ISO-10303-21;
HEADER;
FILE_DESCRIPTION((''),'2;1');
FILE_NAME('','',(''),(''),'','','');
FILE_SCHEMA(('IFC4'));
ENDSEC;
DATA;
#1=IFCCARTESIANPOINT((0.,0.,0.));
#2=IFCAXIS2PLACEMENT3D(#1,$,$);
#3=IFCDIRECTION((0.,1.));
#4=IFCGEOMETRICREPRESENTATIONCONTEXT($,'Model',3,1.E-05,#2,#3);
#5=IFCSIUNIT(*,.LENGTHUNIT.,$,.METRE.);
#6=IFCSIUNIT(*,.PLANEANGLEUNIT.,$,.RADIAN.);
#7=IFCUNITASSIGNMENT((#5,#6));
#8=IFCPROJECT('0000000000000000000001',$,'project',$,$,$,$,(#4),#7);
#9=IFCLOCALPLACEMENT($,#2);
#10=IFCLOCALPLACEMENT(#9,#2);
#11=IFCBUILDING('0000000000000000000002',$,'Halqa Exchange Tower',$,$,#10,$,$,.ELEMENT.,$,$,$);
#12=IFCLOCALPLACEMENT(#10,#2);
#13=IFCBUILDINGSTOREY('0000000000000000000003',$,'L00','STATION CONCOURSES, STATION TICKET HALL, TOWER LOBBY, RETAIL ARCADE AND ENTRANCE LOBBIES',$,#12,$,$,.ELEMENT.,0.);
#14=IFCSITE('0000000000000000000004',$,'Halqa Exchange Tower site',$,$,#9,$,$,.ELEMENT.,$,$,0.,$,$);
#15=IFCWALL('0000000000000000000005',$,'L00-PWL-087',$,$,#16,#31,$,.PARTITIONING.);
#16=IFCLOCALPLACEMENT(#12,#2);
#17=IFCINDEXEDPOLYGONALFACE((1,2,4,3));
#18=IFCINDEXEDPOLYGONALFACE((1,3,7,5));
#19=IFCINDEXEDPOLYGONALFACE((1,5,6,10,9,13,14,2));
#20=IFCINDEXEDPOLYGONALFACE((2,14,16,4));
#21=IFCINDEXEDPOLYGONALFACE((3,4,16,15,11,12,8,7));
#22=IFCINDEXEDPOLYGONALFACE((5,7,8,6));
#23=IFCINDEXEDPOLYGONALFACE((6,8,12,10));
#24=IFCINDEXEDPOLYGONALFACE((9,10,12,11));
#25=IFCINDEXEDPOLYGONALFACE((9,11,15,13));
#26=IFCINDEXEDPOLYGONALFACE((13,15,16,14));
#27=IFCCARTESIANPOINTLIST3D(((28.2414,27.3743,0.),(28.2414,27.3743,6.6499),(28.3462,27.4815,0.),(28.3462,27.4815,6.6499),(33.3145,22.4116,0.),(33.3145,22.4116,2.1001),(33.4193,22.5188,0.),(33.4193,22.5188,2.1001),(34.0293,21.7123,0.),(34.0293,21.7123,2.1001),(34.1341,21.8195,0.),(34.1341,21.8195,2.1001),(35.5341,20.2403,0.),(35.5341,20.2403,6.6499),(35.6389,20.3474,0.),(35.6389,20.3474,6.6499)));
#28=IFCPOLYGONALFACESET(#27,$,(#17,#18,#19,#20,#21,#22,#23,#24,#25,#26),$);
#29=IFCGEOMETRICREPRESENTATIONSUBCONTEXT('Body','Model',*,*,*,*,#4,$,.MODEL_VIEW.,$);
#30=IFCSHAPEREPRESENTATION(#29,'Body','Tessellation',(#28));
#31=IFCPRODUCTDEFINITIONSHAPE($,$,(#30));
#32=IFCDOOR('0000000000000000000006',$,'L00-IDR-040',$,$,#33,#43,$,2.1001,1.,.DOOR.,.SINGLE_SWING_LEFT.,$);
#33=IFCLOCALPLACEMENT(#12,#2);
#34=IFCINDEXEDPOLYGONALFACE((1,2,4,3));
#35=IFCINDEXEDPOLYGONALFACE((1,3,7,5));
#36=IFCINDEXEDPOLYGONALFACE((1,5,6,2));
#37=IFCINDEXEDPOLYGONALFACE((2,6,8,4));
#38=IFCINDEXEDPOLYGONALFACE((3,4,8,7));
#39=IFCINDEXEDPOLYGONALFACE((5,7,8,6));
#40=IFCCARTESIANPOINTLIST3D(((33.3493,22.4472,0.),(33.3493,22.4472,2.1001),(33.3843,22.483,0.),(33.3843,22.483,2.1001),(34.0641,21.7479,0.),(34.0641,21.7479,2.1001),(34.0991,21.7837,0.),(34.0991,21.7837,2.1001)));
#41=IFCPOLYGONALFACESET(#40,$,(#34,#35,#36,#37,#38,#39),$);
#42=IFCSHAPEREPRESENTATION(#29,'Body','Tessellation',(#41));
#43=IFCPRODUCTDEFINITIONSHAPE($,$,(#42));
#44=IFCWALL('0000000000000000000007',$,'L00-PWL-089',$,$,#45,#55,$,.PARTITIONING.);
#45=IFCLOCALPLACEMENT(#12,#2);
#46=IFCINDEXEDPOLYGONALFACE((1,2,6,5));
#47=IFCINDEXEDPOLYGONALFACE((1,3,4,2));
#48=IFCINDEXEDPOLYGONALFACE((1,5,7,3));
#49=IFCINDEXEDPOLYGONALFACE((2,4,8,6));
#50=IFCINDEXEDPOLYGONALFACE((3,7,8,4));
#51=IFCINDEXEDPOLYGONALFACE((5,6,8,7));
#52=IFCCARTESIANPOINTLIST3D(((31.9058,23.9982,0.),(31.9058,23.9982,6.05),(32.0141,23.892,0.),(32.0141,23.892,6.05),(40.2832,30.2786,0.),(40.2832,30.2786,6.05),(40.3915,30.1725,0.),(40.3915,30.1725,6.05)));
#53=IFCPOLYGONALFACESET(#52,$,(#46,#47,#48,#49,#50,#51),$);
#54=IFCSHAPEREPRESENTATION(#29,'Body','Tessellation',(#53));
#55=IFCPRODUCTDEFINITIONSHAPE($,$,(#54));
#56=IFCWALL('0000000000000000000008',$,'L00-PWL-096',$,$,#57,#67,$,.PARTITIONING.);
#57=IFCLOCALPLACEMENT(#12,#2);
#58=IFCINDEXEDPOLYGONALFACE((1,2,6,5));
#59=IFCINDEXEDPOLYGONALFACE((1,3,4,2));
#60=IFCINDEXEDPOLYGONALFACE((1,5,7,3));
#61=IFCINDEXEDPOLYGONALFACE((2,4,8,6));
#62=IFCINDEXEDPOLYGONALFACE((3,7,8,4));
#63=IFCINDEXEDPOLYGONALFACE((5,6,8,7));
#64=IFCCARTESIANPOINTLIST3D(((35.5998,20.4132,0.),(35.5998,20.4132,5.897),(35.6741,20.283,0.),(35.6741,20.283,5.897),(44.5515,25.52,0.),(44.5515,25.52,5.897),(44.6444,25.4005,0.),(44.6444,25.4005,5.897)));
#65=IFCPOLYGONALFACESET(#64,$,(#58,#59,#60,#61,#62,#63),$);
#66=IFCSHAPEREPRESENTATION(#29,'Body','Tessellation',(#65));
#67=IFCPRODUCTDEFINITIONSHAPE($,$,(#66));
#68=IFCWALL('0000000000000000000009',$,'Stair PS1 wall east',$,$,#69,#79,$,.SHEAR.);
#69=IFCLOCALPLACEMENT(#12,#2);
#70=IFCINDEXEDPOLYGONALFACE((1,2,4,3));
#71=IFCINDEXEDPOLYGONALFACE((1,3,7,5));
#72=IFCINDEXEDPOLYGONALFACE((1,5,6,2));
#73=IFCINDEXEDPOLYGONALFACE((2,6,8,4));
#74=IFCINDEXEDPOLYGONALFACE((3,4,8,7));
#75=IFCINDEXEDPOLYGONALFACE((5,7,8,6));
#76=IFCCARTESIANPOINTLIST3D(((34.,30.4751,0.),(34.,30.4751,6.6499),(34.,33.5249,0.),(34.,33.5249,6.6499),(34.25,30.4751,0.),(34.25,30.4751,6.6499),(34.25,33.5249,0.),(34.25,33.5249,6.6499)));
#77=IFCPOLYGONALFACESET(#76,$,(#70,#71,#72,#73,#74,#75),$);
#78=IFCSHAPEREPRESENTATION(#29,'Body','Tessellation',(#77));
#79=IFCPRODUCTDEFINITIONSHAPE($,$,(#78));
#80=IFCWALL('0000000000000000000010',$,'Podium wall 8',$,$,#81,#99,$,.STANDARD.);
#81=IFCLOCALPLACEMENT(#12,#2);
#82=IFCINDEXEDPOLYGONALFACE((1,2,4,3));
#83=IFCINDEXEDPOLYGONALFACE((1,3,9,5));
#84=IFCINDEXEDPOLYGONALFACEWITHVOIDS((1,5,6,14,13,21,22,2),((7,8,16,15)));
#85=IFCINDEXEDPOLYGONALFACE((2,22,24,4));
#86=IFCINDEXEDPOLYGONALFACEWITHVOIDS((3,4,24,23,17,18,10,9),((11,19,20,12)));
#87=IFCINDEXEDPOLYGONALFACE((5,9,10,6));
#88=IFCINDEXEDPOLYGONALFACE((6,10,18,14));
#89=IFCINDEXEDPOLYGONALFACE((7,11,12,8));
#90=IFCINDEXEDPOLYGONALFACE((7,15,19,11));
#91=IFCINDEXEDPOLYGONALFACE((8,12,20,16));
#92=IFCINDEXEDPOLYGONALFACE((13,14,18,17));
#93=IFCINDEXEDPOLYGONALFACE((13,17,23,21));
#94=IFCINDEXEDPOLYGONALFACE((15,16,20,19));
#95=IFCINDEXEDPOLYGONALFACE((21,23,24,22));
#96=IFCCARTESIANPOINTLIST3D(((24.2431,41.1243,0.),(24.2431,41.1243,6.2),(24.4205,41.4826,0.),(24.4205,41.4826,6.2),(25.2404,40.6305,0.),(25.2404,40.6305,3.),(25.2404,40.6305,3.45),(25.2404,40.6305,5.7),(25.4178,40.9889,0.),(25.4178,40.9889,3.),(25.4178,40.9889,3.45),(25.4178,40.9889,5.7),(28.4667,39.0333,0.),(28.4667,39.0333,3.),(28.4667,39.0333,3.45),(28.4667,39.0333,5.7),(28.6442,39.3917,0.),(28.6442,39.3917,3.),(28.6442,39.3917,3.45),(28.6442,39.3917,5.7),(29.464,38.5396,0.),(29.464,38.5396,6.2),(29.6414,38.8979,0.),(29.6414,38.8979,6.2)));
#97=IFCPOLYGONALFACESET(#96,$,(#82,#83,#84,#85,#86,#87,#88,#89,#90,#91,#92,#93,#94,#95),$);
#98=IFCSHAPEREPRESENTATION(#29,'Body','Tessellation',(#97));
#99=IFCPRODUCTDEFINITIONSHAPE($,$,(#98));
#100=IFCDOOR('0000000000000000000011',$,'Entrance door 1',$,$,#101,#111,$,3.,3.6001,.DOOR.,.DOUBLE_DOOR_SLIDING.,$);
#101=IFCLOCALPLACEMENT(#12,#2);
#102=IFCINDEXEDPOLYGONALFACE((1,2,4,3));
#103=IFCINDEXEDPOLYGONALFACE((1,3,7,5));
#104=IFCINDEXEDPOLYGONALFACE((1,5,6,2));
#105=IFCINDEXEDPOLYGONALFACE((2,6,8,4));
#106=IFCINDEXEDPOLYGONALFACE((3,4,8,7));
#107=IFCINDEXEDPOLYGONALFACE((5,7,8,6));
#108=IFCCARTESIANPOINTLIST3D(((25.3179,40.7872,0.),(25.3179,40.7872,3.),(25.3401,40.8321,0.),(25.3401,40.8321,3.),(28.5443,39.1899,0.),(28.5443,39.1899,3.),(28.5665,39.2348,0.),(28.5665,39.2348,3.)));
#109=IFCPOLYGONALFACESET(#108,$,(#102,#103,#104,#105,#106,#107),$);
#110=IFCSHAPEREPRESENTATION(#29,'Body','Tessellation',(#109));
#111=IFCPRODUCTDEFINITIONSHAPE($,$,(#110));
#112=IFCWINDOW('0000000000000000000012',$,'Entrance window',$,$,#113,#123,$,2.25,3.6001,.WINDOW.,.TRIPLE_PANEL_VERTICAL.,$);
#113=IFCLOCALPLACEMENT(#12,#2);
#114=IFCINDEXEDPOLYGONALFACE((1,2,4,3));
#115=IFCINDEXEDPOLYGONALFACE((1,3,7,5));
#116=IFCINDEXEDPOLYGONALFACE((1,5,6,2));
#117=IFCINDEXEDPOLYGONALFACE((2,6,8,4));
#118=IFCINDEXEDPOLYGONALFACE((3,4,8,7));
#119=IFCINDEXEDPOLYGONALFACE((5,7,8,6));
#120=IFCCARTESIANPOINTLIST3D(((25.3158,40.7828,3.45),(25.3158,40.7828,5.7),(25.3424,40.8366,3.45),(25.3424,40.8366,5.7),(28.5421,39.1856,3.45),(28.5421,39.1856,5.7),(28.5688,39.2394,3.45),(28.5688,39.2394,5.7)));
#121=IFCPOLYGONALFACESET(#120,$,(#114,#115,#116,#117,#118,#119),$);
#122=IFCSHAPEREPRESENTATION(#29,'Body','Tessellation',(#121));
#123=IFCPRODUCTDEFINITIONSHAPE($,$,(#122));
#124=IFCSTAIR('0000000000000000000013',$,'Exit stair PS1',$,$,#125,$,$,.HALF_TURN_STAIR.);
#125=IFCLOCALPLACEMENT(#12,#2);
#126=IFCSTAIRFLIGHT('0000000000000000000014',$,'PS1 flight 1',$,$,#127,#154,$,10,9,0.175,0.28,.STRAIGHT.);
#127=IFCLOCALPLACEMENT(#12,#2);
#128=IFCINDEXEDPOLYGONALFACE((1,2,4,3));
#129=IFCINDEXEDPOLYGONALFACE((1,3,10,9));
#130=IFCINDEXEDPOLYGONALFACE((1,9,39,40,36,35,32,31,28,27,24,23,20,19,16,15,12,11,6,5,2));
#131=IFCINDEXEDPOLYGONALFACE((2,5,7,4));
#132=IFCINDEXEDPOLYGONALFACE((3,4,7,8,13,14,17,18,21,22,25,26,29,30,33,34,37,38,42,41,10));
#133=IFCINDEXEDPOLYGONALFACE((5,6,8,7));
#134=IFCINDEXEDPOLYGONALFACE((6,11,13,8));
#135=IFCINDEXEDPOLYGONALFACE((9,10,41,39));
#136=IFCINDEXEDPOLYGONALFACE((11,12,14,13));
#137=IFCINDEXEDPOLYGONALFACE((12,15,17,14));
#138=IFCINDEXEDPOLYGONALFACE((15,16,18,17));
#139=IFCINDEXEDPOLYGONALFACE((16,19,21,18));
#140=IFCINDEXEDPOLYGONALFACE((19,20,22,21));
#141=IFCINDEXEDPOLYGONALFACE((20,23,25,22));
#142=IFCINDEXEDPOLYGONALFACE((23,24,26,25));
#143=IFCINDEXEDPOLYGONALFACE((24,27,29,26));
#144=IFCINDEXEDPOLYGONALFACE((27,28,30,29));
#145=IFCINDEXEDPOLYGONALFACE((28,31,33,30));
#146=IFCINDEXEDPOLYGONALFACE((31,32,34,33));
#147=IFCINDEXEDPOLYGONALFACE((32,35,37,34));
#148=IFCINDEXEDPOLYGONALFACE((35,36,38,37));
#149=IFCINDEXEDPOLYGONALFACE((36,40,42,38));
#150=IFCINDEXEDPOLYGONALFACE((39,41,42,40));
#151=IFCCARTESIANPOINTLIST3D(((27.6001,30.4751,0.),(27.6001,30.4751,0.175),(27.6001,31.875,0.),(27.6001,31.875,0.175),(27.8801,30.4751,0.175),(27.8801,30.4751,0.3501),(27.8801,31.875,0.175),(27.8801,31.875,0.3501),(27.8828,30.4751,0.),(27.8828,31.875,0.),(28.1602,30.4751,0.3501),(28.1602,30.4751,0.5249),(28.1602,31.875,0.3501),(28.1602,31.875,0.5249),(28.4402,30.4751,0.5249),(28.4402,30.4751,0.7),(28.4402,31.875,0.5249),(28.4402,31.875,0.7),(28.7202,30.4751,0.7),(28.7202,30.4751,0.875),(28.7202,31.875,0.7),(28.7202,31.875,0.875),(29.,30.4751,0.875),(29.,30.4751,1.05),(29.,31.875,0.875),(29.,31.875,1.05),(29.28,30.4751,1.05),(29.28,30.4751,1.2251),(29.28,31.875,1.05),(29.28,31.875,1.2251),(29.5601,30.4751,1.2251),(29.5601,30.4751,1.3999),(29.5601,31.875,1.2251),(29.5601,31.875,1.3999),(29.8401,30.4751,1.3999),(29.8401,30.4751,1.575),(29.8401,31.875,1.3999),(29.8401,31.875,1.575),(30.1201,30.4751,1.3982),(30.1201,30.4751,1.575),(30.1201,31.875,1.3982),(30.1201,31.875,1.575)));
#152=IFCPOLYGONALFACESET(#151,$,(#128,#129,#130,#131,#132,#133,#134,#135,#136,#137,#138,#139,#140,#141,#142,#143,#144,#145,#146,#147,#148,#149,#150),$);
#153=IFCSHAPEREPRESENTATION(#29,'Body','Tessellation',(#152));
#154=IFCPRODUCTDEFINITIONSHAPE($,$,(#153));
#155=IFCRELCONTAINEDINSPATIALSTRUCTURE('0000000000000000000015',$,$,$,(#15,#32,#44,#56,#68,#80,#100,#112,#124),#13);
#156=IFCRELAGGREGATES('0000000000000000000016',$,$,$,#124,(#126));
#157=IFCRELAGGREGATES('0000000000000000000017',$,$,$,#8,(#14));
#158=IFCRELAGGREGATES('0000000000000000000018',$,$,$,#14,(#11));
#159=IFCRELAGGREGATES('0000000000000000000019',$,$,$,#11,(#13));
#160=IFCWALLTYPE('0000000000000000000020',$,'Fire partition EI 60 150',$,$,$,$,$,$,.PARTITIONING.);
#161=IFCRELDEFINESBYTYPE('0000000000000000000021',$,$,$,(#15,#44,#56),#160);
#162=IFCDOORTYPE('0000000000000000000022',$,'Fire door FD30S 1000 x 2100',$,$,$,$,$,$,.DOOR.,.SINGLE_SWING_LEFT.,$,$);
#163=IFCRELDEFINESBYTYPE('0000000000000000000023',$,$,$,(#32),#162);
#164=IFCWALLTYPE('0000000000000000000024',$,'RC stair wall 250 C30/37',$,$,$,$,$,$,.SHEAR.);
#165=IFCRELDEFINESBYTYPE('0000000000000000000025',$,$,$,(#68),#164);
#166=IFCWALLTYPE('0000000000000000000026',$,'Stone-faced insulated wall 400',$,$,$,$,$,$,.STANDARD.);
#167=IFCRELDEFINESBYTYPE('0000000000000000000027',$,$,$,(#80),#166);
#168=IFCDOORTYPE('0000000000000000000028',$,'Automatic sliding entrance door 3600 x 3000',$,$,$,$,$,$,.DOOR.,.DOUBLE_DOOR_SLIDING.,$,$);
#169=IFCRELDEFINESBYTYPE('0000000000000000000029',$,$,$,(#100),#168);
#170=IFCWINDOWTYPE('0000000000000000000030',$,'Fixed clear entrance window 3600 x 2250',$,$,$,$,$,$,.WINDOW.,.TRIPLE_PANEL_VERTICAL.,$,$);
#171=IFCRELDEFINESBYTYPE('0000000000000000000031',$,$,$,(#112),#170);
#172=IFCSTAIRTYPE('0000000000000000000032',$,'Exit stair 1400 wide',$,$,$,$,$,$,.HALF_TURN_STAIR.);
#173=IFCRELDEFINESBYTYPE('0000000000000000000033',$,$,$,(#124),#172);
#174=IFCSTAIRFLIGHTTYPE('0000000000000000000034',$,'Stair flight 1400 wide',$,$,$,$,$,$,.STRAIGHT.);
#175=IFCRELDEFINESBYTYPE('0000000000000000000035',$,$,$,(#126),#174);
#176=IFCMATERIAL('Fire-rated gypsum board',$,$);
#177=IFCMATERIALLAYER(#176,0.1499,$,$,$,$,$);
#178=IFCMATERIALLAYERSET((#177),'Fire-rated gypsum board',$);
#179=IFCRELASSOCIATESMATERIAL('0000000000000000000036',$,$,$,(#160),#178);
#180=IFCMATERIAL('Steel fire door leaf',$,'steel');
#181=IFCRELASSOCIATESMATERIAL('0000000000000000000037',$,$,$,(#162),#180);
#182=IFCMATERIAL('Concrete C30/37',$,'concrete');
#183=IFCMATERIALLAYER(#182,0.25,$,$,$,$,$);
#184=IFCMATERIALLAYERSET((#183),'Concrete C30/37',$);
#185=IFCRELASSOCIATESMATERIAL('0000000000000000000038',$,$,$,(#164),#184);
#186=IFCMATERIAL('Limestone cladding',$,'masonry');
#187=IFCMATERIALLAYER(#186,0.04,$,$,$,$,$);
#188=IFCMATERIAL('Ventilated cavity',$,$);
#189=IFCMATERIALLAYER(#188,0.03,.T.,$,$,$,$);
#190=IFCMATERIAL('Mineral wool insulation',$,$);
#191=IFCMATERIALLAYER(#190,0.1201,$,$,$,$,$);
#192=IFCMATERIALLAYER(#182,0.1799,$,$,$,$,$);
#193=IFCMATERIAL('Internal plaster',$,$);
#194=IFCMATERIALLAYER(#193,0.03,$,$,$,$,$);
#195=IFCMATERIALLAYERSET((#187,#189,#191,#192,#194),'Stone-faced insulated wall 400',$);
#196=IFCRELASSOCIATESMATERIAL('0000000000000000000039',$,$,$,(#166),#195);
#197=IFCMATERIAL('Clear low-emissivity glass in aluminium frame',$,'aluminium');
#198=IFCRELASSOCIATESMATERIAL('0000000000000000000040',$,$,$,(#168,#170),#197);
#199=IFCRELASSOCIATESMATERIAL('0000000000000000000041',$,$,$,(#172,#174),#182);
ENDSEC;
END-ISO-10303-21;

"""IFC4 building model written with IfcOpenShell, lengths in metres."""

from ifc_helpers import new_model, si_unit, direction, frame, frame_2d, origin, place, context, subcontext, project, spatial, polyline, rectangle, outline, extrude, material, layer, layer_set, type_object, element, fill, aggregate, save


model = new_model("IFC4")

# Units and contexts
model_context = context("Model", 3, precision=1e-05, world=origin(), true_north=direction((0.0, 1.0)))
body_context = subcontext(model_context, "Body", "Model", "MODEL_VIEW")
ifc_project = project(units=[si_unit("LENGTHUNIT", "METRE"), si_unit("PLANEANGLEUNIT", "RADIAN")], contexts=[model_context])

# Site, building, storey
site_placement = place(None, origin())
site = spatial("IfcSite", under=ifc_project, at=site_placement, Name="Halqa Exchange Tower site", CompositionType="ELEMENT", RefElevation=0.0)
building_placement = place(site_placement, origin())
building = spatial("IfcBuilding", under=site, at=building_placement, Name="Halqa Exchange Tower", CompositionType="ELEMENT")
storey_placement = place(building_placement, origin())
storey = spatial("IfcBuildingStorey", under=building, at=storey_placement, Name="L00", Description="STATION CONCOURSES, STATION TICKET HALL, TOWER LOBBY, RETAIL ARCADE AND ENTRANCE LOBBIES", CompositionType="ELEMENT", Elevation=0.0)

# Wall, opening, door
ifc_material_1 = material(Name="Fire-rated gypsum board")
ifc_layer_1 = layer(ifc_material_1, 0.1499)
ifc_layer_set_1 = layer_set([ifc_layer_1], Name="Fire-rated gypsum board")
wall_type_1 = type_object("IfcWallType", Name="Fire partition EI 60 150", PredefinedType="PARTITIONING", material=ifc_layer_set_1)
wall_1_placement = place(storey_placement, frame((28.2937, 27.428, 0.0), z_axis=(0.0, 0.0, 1.0), x_axis=(0.714842, -0.699286, 0.0)))
wall_1 = element("IfcWall", 1, at=wall_1_placement, inside=storey, type_object=wall_type_1, Name="L00-PWL-087", PredefinedType="PARTITIONING", context=body_context, shape_type="SweptSolid", body=[
    extrude(rectangle(XDim=10.2019, YDim=0.1499, at=frame_2d((5.1011, 0.0))), origin(), (0.0, 0.0, 1.0), 6.6499),
])
opening_1_placement = place(wall_1_placement, frame((7.0969, 0.0, 0.0)))
opening_1 = element("IfcOpeningElement", 2, at=opening_1_placement, cuts=wall_1, PredefinedType="OPENING", context=body_context, shape_type="SweptSolid", body=[
    extrude(rectangle(XDim=1.0, YDim=2.1001, at=frame_2d((0.5, 1.05))), frame((0.0, 0.0869, 0.0), z_axis=(0.0, -1.0, 0.0), x_axis=(1.0, 0.0, 0.0)), (0.0, 0.0, 1.0), 0.1738),
])
ifc_material_2 = material(Name="Steel fire door leaf", Category="steel")
door_type_1 = type_object("IfcDoorType", Name="Fire door FD30S 1000 x 2100", OperationType="SINGLE_SWING_LEFT", PredefinedType="DOOR", material=ifc_material_2)
door_1_placement = place(opening_1_placement, origin())
door_1 = element("IfcDoor", 3, at=door_1_placement, inside=storey, type_object=door_type_1, Name="L00-IDR-040", OperationType="SINGLE_SWING_LEFT", OverallHeight=2.1001, OverallWidth=1.0, PredefinedType="DOOR", context=body_context, shape_type="SweptSolid", body=[
    extrude(rectangle(XDim=1.0, YDim=2.1001, at=frame_2d((0.5, 1.05))), frame((0.0, 0.0249, 0.0), z_axis=(0.0, -1.0, 0.0), x_axis=(1.0, 0.0, 0.0)), (0.0, 0.0, 1.0), 0.05),
])
fill(opening_1, door_1)

# Walls
wall_2_placement = place(storey_placement, frame((31.96, 23.9451, 0.0), z_axis=(0.0, 0.0, 1.0), x_axis=(0.800118, 0.599843, 0.0)))
element("IfcWall", 4, at=wall_2_placement, inside=storey, type_object=wall_type_1, Name="L00-PWL-089", PredefinedType="PARTITIONING", context=body_context, shape_type="SweptSolid", body=[
    extrude(outline(polyline([(0.0115, -0.075), (10.4817, -0.075), (10.4587, 0.075), (-0.0115, 0.075), (0.0115, -0.075)])), origin(), (0.0, 0.0, 1.0), 6.05),
])
wall_3_placement = place(storey_placement, frame((35.637, 20.3481, 0.0), z_axis=(0.0, 0.0, 1.0), x_axis=(0.868597, 0.49552, 0.0)))
element("IfcWall", 5, at=wall_3_placement, inside=storey, type_object=wall_type_1, Name="L00-PWL-096", PredefinedType="PARTITIONING", context=body_context, shape_type="SweptSolid", body=[
    extrude(outline(polyline([(0.0, -0.075), (10.3274, -0.075), (10.3059, 0.075), (0.0, 0.075), (0.0, -0.075)])), origin(), (0.0, 0.0, 1.0), 5.897),
])
ifc_material_3 = material(Name="Concrete C30/37", Category="concrete")
ifc_layer_2 = layer(ifc_material_3, 0.25)
ifc_layer_set_2 = layer_set([ifc_layer_2], Name="Concrete C30/37")
wall_type_2 = type_object("IfcWallType", Name="RC stair wall 250 C30/37", PredefinedType="SHEAR", material=ifc_layer_set_2)
wall_4_placement = place(storey_placement, frame((34.125, 30.4751, 0.0), z_axis=(0.0, 0.0, 1.0), x_axis=(0.0, 1.0, 0.0)))
element("IfcWall", 6, at=wall_4_placement, inside=storey, type_object=wall_type_2, Name="Stair PS1 wall east", PredefinedType="SHEAR", context=body_context, shape_type="SweptSolid", body=[
    extrude(rectangle(XDim=3.0498, YDim=0.25, at=frame_2d((1.5249, 0.0))), origin(), (0.0, 0.0, 1.0), 6.6499),
])

# Wall, openings, door, window
ifc_material_4 = material(Name="Limestone cladding", Category="masonry")
ifc_layer_3 = layer(ifc_material_4, 0.04)
ifc_material_5 = material(Name="Ventilated cavity")
ifc_layer_4 = layer(ifc_material_5, 0.03, ventilated=True)
ifc_material_6 = material(Name="Mineral wool insulation")
ifc_layer_5 = layer(ifc_material_6, 0.1201)
ifc_layer_6 = layer(ifc_material_3, 0.1799)
ifc_material_7 = material(Name="Internal plaster")
ifc_layer_7 = layer(ifc_material_7, 0.03)
ifc_layer_set_3 = layer_set([ifc_layer_3, ifc_layer_4, ifc_layer_5, ifc_layer_6, ifc_layer_7], Name="Stone-faced insulated wall 400")
wall_type_3 = type_object("IfcWallType", Name="Stone-faced insulated wall 400", PredefinedType="STANDARD", material=ifc_layer_set_3)
wall_5_placement = place(storey_placement, frame((29.5527, 38.7188, 0.0), z_axis=(0.0, 0.0, 1.0), x_axis=(-0.896189, 0.443673, 0.0)))
wall_5 = element("IfcWall", 7, at=wall_5_placement, inside=storey, type_object=wall_type_3, Name="Podium wall 8", PredefinedType="STANDARD", context=body_context, shape_type="SweptSolid", body=[
    extrude(rectangle(XDim=5.8257, YDim=0.3999, at=frame_2d((2.9128, 0.0))), origin(), (0.0, 0.0, 1.0), 6.2),
])
opening_2_placement = place(wall_5_placement, frame((1.1128, 0.0, 0.0)))
opening_2 = element("IfcOpeningElement", 8, at=opening_2_placement, cuts=wall_5, PredefinedType="OPENING", context=body_context, shape_type="SweptSolid", body=[
    extrude(rectangle(XDim=3.6001, YDim=3.0, at=frame_2d((1.8, 1.5))), frame((0.0, 0.2119, 0.0), z_axis=(0.0, -1.0, 0.0), x_axis=(1.0, 0.0, 0.0)), (0.0, 0.0, 1.0), 0.4238),
])
opening_3_placement = place(wall_5_placement, frame((1.1128, 0.0, 3.45)))
opening_3 = element("IfcOpeningElement", 9, at=opening_3_placement, cuts=wall_5, PredefinedType="OPENING", context=body_context, shape_type="SweptSolid", body=[
    extrude(rectangle(XDim=3.6001, YDim=2.25, at=frame_2d((1.8, 1.125))), frame((0.0, 0.2119, 0.0), z_axis=(0.0, -1.0, 0.0), x_axis=(1.0, 0.0, 0.0)), (0.0, 0.0, 1.0), 0.4238),
])
ifc_material_8 = material(Name="Clear low-emissivity glass in aluminium frame", Category="aluminium")
door_type_2 = type_object("IfcDoorType", Name="Automatic sliding entrance door 3600 x 3000", OperationType="DOUBLE_DOOR_SLIDING", PredefinedType="DOOR", material=ifc_material_8)
door_2_placement = place(opening_2_placement, frame((3.6001, 0.0, 0.0), z_axis=(0.0, 0.0, 1.0), x_axis=(-1.0, 0.0, 0.0)))
door_2 = element("IfcDoor", 10, at=door_2_placement, inside=storey, type_object=door_type_2, Name="Entrance door 1", OperationType="DOUBLE_DOOR_SLIDING", OverallHeight=3.0, OverallWidth=3.6001, PredefinedType="DOOR", context=body_context, shape_type="SweptSolid", body=[
    extrude(rectangle(XDim=3.6001, YDim=3.0, at=frame_2d((1.8, 1.5))), frame((0.0, 0.0249, 0.0), z_axis=(0.0, -1.0, 0.0), x_axis=(1.0, 0.0, 0.0)), (0.0, 0.0, 1.0), 0.05),
])
fill(opening_2, door_2)
window_type = type_object("IfcWindowType", Name="Fixed clear entrance window 3600 x 2250", PartitioningType="TRIPLE_PANEL_VERTICAL", PredefinedType="WINDOW", material=ifc_material_8)
window_placement = place(opening_3_placement, origin())
window = element("IfcWindow", 11, at=window_placement, inside=storey, type_object=window_type, Name="Entrance window", OverallHeight=2.25, OverallWidth=3.6001, PartitioningType="TRIPLE_PANEL_VERTICAL", PredefinedType="WINDOW", context=body_context, shape_type="SweptSolid", body=[
    extrude(rectangle(XDim=3.6001, YDim=2.25, at=frame_2d((1.8, 1.125))), frame((0.0, 0.03, 0.0), z_axis=(0.0, -1.0, 0.0), x_axis=(1.0, 0.0, 0.0)), (0.0, 0.0, 1.0), 0.0601),
])
fill(opening_3, window)

# Stair, stair flight
stair_type = type_object("IfcStairType", Name="Exit stair 1400 wide", PredefinedType="HALF_TURN_STAIR", material=ifc_material_3)
stair_placement = place(storey_placement, origin())
stair = element("IfcStair", 12, at=stair_placement, inside=storey, type_object=stair_type, Name="Exit stair PS1", PredefinedType="HALF_TURN_STAIR")
stair_flight_type = type_object("IfcStairFlightType", Name="Stair flight 1400 wide", PredefinedType="STRAIGHT", material=ifc_material_3)
stair_flight_1_placement = place(storey_placement, frame((27.6001, 31.175, 0.0), z_axis=(0.0, 0.0, 1.0), x_axis=(1.0, 0.0, 0.0)))
stair_flight_1 = element("IfcStairFlight", 13, at=stair_flight_1_placement, type_object=stair_flight_type, Name="PS1 flight 1", NumberOfRisers=10, NumberOfTreads=9, PredefinedType="STRAIGHT", RiserHeight=0.175, TreadLength=0.28, context=body_context, shape_type="SweptSolid", body=[
    extrude(outline(polyline([(0.0, 0.0), (0.0, 0.175), (0.28, 0.175), (0.28, 0.3501), (0.5601, 0.3501), (0.5601, 0.5249), (0.8401, 0.5249), (0.8401, 0.7), (1.1201, 0.7), (1.1201, 0.875), (1.3999, 0.875), (1.3999, 1.05), (1.6799, 1.05), (1.6799, 1.2251), (1.96, 1.2251), (1.96, 1.3999), (2.24, 1.3999), (2.24, 1.575), (2.52, 1.575), (2.52, 1.75), (2.52, 1.3982), (0.2827, 0.0), (0.0, 0.0)])), frame((0.0, 0.7, 0.0), z_axis=(0.0, -1.0, 0.0), x_axis=(1.0, 0.0, 0.0)), (0.0, 0.0, 1.0), 1.3999),
])
aggregate(stair, [stair_flight_1])

save(model, "model.ifc")
